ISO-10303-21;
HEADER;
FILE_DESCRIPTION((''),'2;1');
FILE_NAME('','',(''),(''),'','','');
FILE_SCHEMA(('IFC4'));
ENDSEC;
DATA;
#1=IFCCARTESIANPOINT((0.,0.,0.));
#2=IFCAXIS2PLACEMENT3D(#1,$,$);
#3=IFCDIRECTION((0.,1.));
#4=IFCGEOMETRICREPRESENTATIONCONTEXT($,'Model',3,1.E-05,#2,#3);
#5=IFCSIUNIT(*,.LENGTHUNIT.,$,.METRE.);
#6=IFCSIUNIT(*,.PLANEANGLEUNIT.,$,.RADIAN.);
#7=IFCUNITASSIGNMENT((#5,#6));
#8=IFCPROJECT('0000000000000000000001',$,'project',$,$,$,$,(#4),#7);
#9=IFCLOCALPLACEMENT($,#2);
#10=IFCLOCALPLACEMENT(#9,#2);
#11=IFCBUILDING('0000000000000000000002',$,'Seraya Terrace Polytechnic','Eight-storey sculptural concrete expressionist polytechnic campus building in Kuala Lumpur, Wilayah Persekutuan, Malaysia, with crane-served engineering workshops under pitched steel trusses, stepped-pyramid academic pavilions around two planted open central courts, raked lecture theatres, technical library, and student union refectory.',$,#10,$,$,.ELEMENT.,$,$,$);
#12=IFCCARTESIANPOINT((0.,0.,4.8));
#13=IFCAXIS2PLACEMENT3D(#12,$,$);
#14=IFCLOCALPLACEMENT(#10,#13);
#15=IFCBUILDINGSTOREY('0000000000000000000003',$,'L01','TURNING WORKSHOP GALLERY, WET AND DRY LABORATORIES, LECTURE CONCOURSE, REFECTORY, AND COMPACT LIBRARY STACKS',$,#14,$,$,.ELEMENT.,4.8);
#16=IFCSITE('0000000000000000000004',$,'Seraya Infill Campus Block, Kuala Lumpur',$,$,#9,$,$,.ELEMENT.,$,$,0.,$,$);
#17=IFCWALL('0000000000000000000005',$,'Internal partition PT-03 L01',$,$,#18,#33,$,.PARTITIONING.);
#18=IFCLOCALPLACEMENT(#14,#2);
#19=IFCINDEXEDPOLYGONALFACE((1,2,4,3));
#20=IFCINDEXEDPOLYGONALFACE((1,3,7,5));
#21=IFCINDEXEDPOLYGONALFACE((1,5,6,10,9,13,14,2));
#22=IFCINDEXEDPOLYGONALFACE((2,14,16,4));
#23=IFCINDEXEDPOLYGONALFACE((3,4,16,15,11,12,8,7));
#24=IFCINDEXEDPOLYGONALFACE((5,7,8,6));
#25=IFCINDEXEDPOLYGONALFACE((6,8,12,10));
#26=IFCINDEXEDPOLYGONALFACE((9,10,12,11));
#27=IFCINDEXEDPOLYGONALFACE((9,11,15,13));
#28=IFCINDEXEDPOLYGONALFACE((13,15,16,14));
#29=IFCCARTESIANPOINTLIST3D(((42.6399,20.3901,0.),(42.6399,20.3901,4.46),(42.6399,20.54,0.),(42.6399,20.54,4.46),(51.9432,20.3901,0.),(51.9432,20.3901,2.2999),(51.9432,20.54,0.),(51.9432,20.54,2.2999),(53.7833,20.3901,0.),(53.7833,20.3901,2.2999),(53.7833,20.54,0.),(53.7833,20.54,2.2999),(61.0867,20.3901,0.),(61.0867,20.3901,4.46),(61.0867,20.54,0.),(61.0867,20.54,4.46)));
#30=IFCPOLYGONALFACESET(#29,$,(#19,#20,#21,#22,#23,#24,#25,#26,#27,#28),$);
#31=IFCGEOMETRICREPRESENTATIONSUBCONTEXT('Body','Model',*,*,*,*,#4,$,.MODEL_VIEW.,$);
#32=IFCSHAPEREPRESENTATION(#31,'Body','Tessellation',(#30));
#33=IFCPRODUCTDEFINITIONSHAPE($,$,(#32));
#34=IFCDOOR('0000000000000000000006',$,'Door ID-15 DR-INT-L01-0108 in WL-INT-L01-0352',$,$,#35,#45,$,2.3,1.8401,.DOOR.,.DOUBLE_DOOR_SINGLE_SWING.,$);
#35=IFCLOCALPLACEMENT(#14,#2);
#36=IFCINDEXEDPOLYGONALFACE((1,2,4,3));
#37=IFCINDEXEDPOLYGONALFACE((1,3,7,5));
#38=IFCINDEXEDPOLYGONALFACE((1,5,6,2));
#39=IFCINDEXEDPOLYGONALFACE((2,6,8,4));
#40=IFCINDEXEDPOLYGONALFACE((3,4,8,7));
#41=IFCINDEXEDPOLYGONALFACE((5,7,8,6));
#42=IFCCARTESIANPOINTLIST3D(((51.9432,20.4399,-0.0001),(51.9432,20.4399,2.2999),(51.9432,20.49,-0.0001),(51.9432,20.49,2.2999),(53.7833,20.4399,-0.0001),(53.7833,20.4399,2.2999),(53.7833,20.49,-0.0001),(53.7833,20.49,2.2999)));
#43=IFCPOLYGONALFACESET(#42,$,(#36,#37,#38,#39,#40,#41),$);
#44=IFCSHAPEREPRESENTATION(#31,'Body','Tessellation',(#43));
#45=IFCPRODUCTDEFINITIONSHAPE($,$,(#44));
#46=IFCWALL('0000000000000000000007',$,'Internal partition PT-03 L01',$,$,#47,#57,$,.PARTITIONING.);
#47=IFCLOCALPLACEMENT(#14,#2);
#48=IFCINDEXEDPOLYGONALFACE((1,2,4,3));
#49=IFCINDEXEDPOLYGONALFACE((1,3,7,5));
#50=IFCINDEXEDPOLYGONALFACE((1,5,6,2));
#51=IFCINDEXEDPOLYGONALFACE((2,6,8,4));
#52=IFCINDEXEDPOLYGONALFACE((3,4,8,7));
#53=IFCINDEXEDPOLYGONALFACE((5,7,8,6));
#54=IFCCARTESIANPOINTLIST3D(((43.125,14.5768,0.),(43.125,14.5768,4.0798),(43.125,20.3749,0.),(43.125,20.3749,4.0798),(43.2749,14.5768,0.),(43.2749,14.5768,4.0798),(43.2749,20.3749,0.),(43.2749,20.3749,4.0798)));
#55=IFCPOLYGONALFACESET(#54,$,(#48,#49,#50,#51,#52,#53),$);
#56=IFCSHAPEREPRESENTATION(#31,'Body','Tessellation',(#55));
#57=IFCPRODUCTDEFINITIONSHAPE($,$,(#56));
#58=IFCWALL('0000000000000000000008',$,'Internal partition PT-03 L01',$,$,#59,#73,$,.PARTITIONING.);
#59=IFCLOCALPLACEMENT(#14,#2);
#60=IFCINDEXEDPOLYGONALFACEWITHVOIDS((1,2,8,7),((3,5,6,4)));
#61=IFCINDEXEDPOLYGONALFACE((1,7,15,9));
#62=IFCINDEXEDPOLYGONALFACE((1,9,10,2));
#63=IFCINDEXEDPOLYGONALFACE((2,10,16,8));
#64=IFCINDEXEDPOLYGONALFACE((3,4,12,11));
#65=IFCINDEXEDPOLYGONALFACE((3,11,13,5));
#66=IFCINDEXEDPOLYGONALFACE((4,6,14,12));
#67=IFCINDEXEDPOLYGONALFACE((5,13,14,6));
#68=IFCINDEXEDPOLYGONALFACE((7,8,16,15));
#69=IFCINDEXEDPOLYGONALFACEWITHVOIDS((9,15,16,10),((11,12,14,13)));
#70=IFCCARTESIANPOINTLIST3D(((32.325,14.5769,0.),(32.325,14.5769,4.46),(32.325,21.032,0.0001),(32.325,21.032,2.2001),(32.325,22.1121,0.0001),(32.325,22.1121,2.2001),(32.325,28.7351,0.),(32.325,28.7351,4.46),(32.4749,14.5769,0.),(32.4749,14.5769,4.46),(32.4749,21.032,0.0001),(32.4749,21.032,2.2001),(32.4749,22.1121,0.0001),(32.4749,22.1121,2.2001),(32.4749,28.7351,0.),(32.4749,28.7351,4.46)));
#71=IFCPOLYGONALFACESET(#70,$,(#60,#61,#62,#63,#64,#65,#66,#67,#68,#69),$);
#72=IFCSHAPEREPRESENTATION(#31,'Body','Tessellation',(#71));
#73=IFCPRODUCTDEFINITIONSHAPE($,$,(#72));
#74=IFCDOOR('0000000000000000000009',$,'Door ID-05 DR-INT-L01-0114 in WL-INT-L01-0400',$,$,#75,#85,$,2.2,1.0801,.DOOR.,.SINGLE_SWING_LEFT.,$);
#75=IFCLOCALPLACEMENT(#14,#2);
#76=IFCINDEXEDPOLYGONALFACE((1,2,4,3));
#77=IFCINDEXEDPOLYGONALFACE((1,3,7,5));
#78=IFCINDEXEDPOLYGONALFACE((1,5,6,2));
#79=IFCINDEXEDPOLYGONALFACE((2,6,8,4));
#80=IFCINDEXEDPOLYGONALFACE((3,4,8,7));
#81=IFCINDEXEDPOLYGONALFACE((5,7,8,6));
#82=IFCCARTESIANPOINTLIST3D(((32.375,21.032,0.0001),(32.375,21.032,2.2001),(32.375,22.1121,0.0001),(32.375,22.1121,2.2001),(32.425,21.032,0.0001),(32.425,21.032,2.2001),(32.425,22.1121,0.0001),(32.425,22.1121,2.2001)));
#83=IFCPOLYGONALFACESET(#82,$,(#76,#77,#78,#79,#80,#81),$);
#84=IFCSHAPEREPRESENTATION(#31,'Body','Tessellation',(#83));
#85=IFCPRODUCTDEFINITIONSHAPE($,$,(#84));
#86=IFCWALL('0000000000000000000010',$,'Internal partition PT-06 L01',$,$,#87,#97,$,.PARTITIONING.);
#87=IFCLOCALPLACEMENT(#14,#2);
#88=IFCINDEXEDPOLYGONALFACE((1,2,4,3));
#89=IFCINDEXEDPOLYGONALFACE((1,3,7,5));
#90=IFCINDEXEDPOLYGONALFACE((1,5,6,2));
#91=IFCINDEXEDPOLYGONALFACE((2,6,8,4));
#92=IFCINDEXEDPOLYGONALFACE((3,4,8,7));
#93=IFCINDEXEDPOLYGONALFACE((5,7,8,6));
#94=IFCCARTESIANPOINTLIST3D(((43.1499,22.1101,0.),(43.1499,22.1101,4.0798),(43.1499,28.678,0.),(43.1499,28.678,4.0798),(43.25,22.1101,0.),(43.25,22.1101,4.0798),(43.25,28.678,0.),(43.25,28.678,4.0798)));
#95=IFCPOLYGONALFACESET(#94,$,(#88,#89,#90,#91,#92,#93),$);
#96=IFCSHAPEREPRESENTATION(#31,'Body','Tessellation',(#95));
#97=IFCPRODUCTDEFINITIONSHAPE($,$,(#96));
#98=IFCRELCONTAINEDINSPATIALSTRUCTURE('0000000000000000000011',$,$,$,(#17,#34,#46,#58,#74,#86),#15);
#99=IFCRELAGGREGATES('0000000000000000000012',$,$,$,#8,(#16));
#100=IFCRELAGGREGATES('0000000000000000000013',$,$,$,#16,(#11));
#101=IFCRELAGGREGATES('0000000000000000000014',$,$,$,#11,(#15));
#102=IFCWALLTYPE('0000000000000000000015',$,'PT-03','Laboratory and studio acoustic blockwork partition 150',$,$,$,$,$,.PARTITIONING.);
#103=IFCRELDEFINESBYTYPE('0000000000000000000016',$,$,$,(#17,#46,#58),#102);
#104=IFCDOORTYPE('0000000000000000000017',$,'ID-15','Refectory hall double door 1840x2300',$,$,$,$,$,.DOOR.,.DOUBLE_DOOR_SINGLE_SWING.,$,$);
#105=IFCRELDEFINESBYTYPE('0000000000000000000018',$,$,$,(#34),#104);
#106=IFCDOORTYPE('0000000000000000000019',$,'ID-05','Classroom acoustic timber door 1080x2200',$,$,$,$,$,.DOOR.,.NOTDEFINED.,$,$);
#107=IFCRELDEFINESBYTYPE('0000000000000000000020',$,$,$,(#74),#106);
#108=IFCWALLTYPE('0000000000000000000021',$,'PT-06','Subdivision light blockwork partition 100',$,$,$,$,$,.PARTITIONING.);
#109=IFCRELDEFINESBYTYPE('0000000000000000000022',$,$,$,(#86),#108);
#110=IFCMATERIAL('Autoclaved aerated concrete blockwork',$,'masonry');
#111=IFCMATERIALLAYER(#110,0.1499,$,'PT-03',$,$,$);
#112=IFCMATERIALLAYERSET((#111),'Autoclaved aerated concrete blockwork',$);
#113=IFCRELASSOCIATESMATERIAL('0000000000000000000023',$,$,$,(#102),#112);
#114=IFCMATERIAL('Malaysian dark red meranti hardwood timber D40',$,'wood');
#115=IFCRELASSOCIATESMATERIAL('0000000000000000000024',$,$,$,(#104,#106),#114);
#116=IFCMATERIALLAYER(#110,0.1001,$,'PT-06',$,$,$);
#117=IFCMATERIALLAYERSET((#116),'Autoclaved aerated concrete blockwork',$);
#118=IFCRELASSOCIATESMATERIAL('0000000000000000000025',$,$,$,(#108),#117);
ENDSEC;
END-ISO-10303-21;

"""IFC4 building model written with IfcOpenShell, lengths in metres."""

from ifc_helpers import new_model, si_unit, direction, frame, frame_2d, origin, place, context, subcontext, project, spatial, rectangle, extrude, material, layer, layer_set, type_object, element, fill, save


model = new_model("IFC4")

# Units and contexts
model_context = context("Model", 3, precision=1e-05, world=origin(), true_north=direction((0.0, 1.0)))
body_context = subcontext(model_context, "Body", "Model", "MODEL_VIEW")
ifc_project = project(units=[si_unit("LENGTHUNIT", "METRE"), si_unit("PLANEANGLEUNIT", "RADIAN")], contexts=[model_context])

# Site, building, storey
site_placement = place(None, origin())
site = spatial("IfcSite", under=ifc_project, at=site_placement, Name="Seraya Infill Campus Block, Kuala Lumpur", CompositionType="ELEMENT", RefElevation=0.0)
building_placement = place(site_placement, origin())
building = spatial("IfcBuilding", under=site, at=building_placement, Name="Seraya Terrace Polytechnic", Description="Eight-storey sculptural concrete expressionist polytechnic campus building in Kuala Lumpur, Wilayah Persekutuan, Malaysia, with crane-served engineering workshops under pitched steel trusses, stepped-pyramid academic pavilions around two planted open central courts, raked lecture theatres, technical library, and student union refectory.", CompositionType="ELEMENT")
storey_placement = place(building_placement, frame((0.0, 0.0, 4.8)))
storey = spatial("IfcBuildingStorey", under=building, at=storey_placement, Name="L01", Description="TURNING WORKSHOP GALLERY, WET AND DRY LABORATORIES, LECTURE CONCOURSE, REFECTORY, AND COMPACT LIBRARY STACKS", CompositionType="ELEMENT", Elevation=4.8)

# Wall, opening, door
ifc_material_1 = material(Name="Autoclaved aerated concrete blockwork", Category="masonry")
ifc_layer_1 = layer(ifc_material_1, 0.1499, Name="PT-03")
ifc_layer_set_1 = layer_set([ifc_layer_1], Name="Autoclaved aerated concrete blockwork")
wall_type_1 = type_object("IfcWallType", Name="PT-03", Description="Laboratory and studio acoustic blockwork partition 150", PredefinedType="PARTITIONING", material=ifc_layer_set_1)
wall_1_placement = place(storey_placement, frame((42.6399, 20.4651, 0.0), z_axis=(0.0, 0.0, 1.0), x_axis=(1.0, 0.0, 0.0)))
wall_1 = element("IfcWall", 1, at=wall_1_placement, inside=storey, type_object=wall_type_1, Name="Internal partition PT-03 L01", PredefinedType="PARTITIONING", context=body_context, shape_type="SweptSolid", body=[
    extrude(rectangle(XDim=18.4468, YDim=0.1499, at=frame_2d((9.2234, 0.0))), origin(), (0.0, 0.0, 1.0), 4.46),
])
opening_1_placement = place(wall_1_placement, frame((9.3035, 0.0, 0.0)))
opening_1 = element("IfcOpeningElement", 2, at=opening_1_placement, cuts=wall_1, PredefinedType="OPENING", context=body_context, shape_type="SweptSolid", body=[
    extrude(rectangle(XDim=1.8401, YDim=2.3, at=frame_2d((0.9199, 1.1499))), frame((0.0, 0.0869, 0.0), z_axis=(0.0, -1.0, 0.0), x_axis=(1.0, 0.0, 0.0)), (0.0, 0.0, 1.0), 0.1738),
])
ifc_material_2 = material(Name="Malaysian dark red meranti hardwood timber D40", Category="wood")
door_type_1 = type_object("IfcDoorType", Name="ID-15", Description="Refectory hall double door 1840x2300", OperationType="DOUBLE_DOOR_SINGLE_SWING", PredefinedType="DOOR", material=ifc_material_2)
door_1_placement = place(opening_1_placement, origin())
door_1 = element("IfcDoor", 3, at=door_1_placement, inside=storey, type_object=door_type_1, Name="Door ID-15 DR-INT-L01-0108 in WL-INT-L01-0352", OperationType="DOUBLE_DOOR_SINGLE_SWING", OverallHeight=2.3, OverallWidth=1.8401, PredefinedType="DOOR", context=body_context, shape_type="SweptSolid", body=[
    extrude(rectangle(XDim=1.8401, YDim=2.3, at=frame_2d((0.9199, 1.1499))), frame((0.0, 0.0249, 0.0), z_axis=(0.0, -1.0, 0.0), x_axis=(1.0, 0.0, 0.0)), (0.0, 0.0, 1.0), 0.05),
])
fill(opening_1, door_1)

# Wall
wall_2_placement = place(storey_placement, frame((43.2, 14.5769, 0.0), z_axis=(0.0, 0.0, 1.0), x_axis=(0.0, 1.0, 0.0)))
element("IfcWall", 4, at=wall_2_placement, inside=storey, type_object=wall_type_1, Name="Internal partition PT-03 L01", PredefinedType="PARTITIONING", context=body_context, shape_type="SweptSolid", body=[
    extrude(rectangle(XDim=5.7981, YDim=0.1499, at=frame_2d((2.8989, 0.0))), origin(), (0.0, 0.0, 1.0), 4.0798),
])

# Wall, opening, door
wall_3_placement = place(storey_placement, frame((32.3999, 14.5769, 0.0), z_axis=(0.0, 0.0, 1.0), x_axis=(0.0, 1.0, 0.0)))
wall_3 = element("IfcWall", 5, at=wall_3_placement, inside=storey, type_object=wall_type_1, Name="Internal partition PT-03 L01", PredefinedType="PARTITIONING", context=body_context, shape_type="SweptSolid", body=[
    extrude(rectangle(XDim=14.1582, YDim=0.1499, at=frame_2d((7.0791, 0.0))), origin(), (0.0, 0.0, 1.0), 4.46),
])
opening_2_placement = place(wall_3_placement, frame((6.4551, 0.0, 0.0)))
opening_2 = element("IfcOpeningElement", 6, at=opening_2_placement, cuts=wall_3, PredefinedType="OPENING", context=body_context, shape_type="SweptSolid", body=[
    extrude(rectangle(XDim=1.0801, YDim=2.2, at=frame_2d((0.54, 1.1001))), frame((0.0, 0.0869, 0.0), z_axis=(0.0, -1.0, 0.0), x_axis=(1.0, 0.0, 0.0)), (0.0, 0.0, 1.0), 0.1738),
])
door_type_2 = type_object("IfcDoorType", Name="ID-05", Description="Classroom acoustic timber door 1080x2200", OperationType="NOTDEFINED", PredefinedType="DOOR", material=ifc_material_2)
door_2_placement = place(opening_2_placement, origin())
door_2 = element("IfcDoor", 7, at=door_2_placement, inside=storey, type_object=door_type_2, Name="Door ID-05 DR-INT-L01-0114 in WL-INT-L01-0400", OperationType="SINGLE_SWING_LEFT", OverallHeight=2.2, OverallWidth=1.0801, PredefinedType="DOOR", context=body_context, shape_type="SweptSolid", body=[
    extrude(rectangle(XDim=1.0801, YDim=2.2, at=frame_2d((0.54, 1.1001))), frame((0.0, 0.0249, 0.0), z_axis=(0.0, -1.0, 0.0), x_axis=(1.0, 0.0, 0.0)), (0.0, 0.0, 1.0), 0.05),
])
fill(opening_2, door_2)

# Wall
ifc_layer_2 = layer(ifc_material_1, 0.1001, Name="PT-06")
ifc_layer_set_2 = layer_set([ifc_layer_2], Name="Autoclaved aerated concrete blockwork")
wall_type_2 = type_object("IfcWallType", Name="PT-06", Description="Subdivision light blockwork partition 100", PredefinedType="PARTITIONING", material=ifc_layer_set_2)
wall_4_placement = place(storey_placement, frame((43.2, 22.1101, 0.0), z_axis=(0.0, 0.0, 1.0), x_axis=(0.0, 1.0, 0.0)))
element("IfcWall", 8, at=wall_4_placement, inside=storey, type_object=wall_type_2, Name="Internal partition PT-06 L01", PredefinedType="PARTITIONING", context=body_context, shape_type="SweptSolid", body=[
    extrude(rectangle(XDim=6.5679, YDim=0.1001, at=frame_2d((3.2839, 0.0))), origin(), (0.0, 0.0, 1.0), 4.0798),
])

save(model, "model.ifc")
